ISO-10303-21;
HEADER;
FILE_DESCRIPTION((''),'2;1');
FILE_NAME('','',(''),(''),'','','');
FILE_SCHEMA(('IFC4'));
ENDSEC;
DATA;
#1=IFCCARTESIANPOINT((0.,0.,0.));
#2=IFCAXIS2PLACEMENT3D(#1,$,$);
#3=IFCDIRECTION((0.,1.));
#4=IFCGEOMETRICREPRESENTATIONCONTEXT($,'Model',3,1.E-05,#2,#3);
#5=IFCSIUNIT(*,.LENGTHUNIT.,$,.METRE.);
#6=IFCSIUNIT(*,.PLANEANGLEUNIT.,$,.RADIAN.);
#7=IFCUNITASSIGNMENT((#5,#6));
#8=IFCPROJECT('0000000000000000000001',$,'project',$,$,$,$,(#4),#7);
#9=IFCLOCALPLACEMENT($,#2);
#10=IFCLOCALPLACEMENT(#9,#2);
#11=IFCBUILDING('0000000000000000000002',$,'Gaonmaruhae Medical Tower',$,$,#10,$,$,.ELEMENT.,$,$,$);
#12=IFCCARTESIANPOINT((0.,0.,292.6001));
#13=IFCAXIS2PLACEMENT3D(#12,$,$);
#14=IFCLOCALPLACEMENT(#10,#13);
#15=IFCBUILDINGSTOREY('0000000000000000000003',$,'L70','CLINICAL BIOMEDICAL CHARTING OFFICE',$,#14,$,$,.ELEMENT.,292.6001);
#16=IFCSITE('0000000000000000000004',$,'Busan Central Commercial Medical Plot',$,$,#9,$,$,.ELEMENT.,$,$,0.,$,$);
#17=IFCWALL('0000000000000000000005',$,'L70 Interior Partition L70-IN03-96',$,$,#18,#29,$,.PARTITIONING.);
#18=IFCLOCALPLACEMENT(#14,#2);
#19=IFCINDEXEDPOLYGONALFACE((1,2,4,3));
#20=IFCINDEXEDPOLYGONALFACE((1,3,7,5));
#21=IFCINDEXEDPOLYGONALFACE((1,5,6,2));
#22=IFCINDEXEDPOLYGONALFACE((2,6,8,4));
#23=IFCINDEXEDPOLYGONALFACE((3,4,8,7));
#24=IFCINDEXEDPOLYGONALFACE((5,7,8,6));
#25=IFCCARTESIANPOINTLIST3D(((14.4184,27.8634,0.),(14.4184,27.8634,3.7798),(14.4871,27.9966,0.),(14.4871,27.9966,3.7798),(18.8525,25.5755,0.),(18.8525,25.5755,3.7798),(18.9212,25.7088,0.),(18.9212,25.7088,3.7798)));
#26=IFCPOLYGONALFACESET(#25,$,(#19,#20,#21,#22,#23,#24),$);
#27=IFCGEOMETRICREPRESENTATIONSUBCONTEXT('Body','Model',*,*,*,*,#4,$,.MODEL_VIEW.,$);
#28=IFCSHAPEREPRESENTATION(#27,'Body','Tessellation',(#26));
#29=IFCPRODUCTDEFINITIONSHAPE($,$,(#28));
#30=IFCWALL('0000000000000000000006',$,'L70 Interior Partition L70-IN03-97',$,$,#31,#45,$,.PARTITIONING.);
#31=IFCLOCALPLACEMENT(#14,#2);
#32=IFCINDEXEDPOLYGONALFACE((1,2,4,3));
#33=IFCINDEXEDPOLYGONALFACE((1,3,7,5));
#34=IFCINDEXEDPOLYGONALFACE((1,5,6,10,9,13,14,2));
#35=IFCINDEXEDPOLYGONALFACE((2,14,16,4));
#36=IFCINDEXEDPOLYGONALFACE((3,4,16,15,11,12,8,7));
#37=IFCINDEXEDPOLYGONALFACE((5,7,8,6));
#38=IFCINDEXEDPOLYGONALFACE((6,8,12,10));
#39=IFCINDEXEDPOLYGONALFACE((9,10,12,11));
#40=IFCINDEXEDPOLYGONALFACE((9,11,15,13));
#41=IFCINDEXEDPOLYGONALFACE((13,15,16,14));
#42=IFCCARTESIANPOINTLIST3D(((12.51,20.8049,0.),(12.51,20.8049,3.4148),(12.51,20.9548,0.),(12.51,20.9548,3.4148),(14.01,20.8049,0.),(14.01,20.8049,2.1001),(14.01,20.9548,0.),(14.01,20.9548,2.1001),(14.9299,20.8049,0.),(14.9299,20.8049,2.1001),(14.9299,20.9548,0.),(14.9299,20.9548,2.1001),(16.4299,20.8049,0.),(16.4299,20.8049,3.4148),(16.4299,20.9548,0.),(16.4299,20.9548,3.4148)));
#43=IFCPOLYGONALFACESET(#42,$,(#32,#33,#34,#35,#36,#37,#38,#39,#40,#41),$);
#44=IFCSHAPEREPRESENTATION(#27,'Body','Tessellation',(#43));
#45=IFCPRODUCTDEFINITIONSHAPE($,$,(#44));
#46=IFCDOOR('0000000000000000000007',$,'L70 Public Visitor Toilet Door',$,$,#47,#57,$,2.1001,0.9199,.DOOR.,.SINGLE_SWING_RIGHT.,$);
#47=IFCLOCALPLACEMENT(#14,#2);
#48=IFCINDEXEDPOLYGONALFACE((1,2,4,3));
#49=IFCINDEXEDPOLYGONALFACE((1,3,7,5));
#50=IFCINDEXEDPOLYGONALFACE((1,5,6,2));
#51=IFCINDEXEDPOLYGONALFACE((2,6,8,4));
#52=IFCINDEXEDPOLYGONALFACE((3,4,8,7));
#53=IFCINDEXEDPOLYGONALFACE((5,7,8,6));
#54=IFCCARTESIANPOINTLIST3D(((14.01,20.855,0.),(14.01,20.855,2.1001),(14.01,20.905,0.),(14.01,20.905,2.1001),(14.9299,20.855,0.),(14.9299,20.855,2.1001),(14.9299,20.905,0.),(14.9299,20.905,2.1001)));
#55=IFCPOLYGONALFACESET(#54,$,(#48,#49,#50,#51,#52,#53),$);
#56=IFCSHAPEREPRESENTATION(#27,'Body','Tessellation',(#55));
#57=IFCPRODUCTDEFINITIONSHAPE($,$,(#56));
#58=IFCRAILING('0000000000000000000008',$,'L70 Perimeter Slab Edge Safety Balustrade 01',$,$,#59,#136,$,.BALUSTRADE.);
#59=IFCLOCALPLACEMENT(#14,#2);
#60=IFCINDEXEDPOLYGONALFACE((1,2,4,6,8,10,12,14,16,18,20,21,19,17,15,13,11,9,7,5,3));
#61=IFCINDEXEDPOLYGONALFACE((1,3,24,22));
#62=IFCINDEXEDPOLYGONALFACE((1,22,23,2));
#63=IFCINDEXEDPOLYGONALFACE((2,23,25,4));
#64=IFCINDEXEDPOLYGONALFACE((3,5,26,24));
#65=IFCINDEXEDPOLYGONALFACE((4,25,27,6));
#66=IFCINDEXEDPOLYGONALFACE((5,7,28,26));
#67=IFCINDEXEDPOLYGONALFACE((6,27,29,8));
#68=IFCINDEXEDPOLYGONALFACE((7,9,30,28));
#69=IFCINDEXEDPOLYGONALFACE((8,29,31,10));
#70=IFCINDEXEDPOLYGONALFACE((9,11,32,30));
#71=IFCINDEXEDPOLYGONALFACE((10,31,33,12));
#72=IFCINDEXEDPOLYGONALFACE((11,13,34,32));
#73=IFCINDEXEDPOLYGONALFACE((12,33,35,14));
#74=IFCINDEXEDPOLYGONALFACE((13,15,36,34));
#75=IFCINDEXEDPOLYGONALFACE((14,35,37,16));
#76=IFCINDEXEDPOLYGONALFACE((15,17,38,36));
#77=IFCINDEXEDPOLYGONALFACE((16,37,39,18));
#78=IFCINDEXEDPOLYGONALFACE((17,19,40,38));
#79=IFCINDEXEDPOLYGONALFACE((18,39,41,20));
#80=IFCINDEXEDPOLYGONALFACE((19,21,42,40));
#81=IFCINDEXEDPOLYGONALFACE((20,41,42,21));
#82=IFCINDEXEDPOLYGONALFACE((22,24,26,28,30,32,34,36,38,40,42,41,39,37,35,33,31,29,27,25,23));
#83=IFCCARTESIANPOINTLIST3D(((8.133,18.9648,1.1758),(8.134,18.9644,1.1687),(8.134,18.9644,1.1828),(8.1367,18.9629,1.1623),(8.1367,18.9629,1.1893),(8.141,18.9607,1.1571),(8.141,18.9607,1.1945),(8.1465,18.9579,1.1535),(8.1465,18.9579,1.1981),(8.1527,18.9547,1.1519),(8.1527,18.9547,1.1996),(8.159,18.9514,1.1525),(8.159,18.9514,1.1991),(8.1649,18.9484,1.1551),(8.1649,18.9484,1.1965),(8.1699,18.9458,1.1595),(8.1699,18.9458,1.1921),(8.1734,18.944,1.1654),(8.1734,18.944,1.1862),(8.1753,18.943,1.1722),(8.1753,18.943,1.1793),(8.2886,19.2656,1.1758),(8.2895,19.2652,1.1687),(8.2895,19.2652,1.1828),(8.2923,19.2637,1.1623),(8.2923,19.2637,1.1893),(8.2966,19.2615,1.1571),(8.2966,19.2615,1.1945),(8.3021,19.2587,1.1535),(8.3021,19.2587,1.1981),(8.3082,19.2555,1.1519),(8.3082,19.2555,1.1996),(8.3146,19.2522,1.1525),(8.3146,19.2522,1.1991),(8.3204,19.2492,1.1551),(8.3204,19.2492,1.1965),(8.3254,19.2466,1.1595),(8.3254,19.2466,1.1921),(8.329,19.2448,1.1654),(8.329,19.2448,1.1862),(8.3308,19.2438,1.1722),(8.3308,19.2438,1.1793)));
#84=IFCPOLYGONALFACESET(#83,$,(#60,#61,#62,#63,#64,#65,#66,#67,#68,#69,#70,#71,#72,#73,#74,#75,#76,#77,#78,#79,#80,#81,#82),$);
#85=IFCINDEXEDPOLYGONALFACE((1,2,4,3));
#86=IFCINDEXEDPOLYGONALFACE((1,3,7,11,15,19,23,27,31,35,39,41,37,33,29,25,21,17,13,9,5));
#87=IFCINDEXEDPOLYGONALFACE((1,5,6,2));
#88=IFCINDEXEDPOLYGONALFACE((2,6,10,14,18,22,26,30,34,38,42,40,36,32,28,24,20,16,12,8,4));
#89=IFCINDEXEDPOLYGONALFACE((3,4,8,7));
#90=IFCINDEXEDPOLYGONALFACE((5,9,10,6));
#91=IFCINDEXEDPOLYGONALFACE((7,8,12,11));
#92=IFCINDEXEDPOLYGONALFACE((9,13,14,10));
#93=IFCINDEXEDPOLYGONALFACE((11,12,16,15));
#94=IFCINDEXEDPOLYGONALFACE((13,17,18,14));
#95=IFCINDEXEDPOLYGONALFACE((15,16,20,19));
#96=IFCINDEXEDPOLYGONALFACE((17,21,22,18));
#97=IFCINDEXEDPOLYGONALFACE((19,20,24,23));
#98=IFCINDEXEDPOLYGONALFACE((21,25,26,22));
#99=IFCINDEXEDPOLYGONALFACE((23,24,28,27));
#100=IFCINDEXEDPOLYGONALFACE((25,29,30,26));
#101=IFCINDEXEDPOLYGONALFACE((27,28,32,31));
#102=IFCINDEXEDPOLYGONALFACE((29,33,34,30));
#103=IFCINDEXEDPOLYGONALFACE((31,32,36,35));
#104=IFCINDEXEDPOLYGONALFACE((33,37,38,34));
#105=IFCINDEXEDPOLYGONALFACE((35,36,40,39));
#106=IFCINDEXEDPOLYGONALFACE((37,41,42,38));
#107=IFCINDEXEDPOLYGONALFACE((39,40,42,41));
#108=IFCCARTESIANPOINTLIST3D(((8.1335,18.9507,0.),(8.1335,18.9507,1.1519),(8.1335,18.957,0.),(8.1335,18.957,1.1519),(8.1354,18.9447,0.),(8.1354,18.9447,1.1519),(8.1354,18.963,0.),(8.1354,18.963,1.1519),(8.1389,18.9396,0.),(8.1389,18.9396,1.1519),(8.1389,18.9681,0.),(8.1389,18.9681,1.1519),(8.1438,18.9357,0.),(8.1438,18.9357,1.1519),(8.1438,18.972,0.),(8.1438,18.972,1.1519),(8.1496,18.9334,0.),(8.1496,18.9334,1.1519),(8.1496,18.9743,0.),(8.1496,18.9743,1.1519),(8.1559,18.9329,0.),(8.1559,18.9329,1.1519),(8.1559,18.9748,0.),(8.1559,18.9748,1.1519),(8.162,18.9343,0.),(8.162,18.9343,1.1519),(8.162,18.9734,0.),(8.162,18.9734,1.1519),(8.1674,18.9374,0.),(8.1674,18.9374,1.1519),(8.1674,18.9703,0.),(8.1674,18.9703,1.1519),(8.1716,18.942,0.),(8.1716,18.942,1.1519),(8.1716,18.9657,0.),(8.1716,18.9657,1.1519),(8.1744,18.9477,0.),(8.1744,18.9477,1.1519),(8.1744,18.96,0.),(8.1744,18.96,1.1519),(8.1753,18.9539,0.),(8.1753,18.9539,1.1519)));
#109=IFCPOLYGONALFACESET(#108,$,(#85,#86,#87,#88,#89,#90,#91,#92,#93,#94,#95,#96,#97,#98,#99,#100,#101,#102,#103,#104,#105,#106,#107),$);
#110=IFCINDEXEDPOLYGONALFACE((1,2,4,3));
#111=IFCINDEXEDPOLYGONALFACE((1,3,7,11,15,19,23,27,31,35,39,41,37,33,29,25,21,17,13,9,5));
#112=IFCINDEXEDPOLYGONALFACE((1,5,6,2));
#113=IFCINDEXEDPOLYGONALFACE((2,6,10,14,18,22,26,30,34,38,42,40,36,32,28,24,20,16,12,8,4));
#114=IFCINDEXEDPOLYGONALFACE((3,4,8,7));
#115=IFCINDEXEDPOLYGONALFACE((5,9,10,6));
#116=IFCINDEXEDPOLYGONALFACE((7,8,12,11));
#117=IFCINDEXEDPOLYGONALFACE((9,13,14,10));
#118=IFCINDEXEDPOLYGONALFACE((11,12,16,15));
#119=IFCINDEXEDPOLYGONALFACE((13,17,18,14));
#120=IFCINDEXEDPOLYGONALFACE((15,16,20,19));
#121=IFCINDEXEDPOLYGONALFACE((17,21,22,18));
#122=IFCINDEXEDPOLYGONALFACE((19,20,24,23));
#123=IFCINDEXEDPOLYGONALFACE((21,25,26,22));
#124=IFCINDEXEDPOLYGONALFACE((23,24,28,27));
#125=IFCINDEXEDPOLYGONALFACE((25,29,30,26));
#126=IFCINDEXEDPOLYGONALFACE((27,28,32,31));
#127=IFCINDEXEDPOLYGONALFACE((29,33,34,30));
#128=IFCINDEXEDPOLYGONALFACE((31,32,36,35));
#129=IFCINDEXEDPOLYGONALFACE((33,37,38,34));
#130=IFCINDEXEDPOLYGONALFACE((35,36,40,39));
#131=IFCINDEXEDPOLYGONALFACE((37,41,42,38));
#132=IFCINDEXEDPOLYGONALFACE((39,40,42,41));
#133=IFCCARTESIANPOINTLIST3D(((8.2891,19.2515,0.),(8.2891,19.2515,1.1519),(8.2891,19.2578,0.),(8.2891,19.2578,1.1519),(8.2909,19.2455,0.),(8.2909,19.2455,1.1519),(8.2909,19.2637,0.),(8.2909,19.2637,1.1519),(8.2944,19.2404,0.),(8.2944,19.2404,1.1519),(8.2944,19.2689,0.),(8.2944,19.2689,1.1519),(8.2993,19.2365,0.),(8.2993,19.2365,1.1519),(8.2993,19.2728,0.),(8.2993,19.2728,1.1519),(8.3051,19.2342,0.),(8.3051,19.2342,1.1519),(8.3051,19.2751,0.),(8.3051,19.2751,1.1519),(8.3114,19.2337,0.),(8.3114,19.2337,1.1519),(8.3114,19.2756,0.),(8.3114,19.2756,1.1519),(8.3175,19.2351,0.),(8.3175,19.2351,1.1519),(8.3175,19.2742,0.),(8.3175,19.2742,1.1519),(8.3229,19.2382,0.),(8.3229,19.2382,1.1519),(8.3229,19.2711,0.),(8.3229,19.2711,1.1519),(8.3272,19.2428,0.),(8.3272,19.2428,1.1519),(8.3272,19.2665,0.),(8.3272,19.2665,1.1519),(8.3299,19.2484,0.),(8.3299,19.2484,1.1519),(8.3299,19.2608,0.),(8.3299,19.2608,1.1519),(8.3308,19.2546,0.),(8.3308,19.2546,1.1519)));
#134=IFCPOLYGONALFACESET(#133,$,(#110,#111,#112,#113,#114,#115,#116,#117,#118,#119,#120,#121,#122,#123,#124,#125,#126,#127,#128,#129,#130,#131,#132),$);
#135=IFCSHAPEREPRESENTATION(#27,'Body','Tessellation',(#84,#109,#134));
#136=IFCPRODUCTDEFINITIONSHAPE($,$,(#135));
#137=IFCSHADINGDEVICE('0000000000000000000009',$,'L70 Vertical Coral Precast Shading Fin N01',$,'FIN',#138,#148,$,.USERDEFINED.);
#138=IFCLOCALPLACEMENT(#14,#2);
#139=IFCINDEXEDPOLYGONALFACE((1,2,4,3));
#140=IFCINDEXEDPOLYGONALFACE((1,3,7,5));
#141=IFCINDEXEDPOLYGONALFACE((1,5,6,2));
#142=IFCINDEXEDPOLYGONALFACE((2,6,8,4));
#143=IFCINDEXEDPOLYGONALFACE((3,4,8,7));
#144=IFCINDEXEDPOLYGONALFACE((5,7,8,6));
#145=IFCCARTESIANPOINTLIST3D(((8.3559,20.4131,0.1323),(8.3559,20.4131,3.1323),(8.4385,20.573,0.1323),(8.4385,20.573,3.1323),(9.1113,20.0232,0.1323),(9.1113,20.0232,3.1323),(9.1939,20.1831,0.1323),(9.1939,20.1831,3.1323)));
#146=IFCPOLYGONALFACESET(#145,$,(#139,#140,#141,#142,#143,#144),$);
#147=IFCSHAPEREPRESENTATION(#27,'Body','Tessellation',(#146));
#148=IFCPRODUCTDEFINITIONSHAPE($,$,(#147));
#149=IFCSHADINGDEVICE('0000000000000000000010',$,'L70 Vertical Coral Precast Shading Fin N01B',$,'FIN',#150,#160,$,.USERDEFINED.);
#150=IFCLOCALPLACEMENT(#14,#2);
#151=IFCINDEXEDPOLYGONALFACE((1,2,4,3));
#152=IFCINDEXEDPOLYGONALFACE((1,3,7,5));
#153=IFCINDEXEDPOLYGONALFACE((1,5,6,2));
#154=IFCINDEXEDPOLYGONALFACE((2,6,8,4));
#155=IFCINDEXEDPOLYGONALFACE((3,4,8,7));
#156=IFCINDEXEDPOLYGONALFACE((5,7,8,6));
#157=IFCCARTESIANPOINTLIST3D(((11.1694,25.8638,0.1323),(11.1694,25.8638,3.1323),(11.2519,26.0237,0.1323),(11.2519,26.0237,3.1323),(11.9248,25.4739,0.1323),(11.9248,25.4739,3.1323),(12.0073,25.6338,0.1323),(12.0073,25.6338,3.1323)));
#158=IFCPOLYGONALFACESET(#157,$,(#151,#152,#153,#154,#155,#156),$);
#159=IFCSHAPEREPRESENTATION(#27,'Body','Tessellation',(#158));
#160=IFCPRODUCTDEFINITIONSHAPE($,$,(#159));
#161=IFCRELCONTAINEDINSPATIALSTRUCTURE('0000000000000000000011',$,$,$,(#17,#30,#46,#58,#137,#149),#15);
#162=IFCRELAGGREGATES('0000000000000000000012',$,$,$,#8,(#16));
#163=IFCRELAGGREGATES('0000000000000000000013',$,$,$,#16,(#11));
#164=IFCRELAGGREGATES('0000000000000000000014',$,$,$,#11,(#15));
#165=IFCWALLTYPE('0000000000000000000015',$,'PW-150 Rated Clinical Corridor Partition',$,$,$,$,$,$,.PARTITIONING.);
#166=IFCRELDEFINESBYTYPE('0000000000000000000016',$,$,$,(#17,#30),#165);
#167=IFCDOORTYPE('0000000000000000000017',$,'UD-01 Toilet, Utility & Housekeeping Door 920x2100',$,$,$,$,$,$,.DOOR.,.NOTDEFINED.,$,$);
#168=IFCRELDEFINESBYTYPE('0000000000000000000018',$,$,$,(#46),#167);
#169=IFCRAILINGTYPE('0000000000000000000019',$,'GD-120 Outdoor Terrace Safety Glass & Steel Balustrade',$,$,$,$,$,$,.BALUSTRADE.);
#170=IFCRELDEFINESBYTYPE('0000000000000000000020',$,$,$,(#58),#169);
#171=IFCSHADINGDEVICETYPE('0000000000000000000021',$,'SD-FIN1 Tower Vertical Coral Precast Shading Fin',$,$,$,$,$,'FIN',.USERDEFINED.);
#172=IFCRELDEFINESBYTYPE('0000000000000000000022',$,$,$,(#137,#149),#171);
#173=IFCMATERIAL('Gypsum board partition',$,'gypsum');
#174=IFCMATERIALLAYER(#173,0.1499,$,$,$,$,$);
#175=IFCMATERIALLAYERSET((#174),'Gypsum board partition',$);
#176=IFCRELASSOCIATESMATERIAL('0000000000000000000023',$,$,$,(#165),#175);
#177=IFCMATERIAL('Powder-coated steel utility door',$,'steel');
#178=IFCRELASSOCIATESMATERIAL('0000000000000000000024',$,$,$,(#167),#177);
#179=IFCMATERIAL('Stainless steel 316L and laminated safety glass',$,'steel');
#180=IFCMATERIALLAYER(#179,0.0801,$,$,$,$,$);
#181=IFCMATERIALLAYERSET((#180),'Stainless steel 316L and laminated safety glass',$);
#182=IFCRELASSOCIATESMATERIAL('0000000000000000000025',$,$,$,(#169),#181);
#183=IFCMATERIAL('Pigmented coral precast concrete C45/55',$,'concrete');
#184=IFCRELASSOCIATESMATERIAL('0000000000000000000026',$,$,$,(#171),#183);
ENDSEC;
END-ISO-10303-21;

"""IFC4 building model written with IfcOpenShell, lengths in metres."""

from ifc_helpers import new_model, si_unit, direction, frame, frame_2d, origin, origin_2d, place, context, subcontext, project, spatial, rectangle, circle, extrude, material, layer, layer_set, type_object, element, fill, save


model = new_model("IFC4")

# Units and contexts
model_context = context("Model", 3, precision=1e-05, world=origin(), true_north=direction((0.0, 1.0)))
body_context = subcontext(model_context, "Body", "Model", "MODEL_VIEW")
ifc_project = project(units=[si_unit("LENGTHUNIT", "METRE"), si_unit("PLANEANGLEUNIT", "RADIAN")], contexts=[model_context])

# Site, building, storey
site_placement = place(None, origin())
site = spatial("IfcSite", under=ifc_project, at=site_placement, Name="Busan Central Commercial Medical Plot", CompositionType="ELEMENT", RefElevation=0.0)
building_placement = place(site_placement, origin())
building = spatial("IfcBuilding", under=site, at=building_placement, Name="Gaonmaruhae Medical Tower", CompositionType="ELEMENT")
storey_placement = place(building_placement, frame((0.0, 0.0, 292.6001)))
storey = spatial("IfcBuildingStorey", under=building, at=storey_placement, Name="L70", Description="CLINICAL BIOMEDICAL CHARTING OFFICE", CompositionType="ELEMENT", Elevation=292.6001)

# Wall
ifc_material_1 = material(Name="Gypsum board partition", Category="gypsum")
ifc_layer_1 = layer(ifc_material_1, 0.1499)
ifc_layer_set_1 = layer_set([ifc_layer_1], Name="Gypsum board partition")
wall_type_1 = type_object("IfcWallType", Name="PW-150 Rated Clinical Corridor Partition", PredefinedType="PARTITIONING", material=ifc_layer_set_1)
wall_1_placement = place(storey_placement, frame((14.4529, 27.9299, 0.0), z_axis=(0.0, 0.0, 1.0), x_axis=(0.888679, -0.458529, 0.0)))
element("IfcWall", 1, at=wall_1_placement, inside=storey, type_object=wall_type_1, Name="L70 Interior Partition L70-IN03-96", PredefinedType="PARTITIONING", context=body_context, shape_type="SweptSolid", body=[
    extrude(rectangle(XDim=4.9895, YDim=0.1499, at=frame_2d((2.4946, 0.0))), origin(), (0.0, 0.0, 1.0), 3.7798),
])

# Wall, opening, door
wall_2_placement = place(storey_placement, frame((16.4299, 20.8799, 0.0), z_axis=(0.0, 0.0, 1.0), x_axis=(-1.0, 0.0, 0.0)))
wall_2 = element("IfcWall", 2, at=wall_2_placement, inside=storey, type_object=wall_type_1, Name="L70 Interior Partition L70-IN03-97", PredefinedType="PARTITIONING", context=body_context, shape_type="SweptSolid", body=[
    extrude(rectangle(XDim=3.9199, YDim=0.1499, at=frame_2d((1.96, 0.0))), origin(), (0.0, 0.0, 1.0), 3.4148),
])
opening_1_placement = place(wall_2_placement, frame((1.5, 0.0, 0.0)))
opening_1 = element("IfcOpeningElement", 3, at=opening_1_placement, cuts=wall_2, PredefinedType="OPENING", context=body_context, shape_type="SweptSolid", body=[
    extrude(rectangle(XDim=0.9199, YDim=2.1001, at=frame_2d((0.46, 1.05))), frame((0.0, 0.085, 0.0), z_axis=(0.0, -1.0, 0.0), x_axis=(1.0, 0.0, 0.0)), (0.0, 0.0, 1.0), 0.1699),
])
ifc_material_2 = material(Name="Powder-coated steel utility door", Category="steel")
door_type = type_object("IfcDoorType", Name="UD-01 Toilet, Utility & Housekeeping Door 920x2100", OperationType="NOTDEFINED", PredefinedType="DOOR", material=ifc_material_2)
door_placement = place(opening_1_placement, origin())
door = element("IfcDoor", 4, at=door_placement, inside=storey, type_object=door_type, Name="L70 Public Visitor Toilet Door", OperationType="SINGLE_SWING_RIGHT", OverallHeight=2.1001, OverallWidth=0.9199, PredefinedType="DOOR", context=body_context, shape_type="SweptSolid", body=[
    extrude(rectangle(XDim=0.9199, YDim=2.1001, at=frame_2d((0.46, 1.05))), frame((0.0, 0.0249, 0.0), z_axis=(0.0, -1.0, 0.0), x_axis=(1.0, 0.0, 0.0)), (0.0, 0.0, 1.0), 0.05),
])
fill(opening_1, door)

# Railing
ifc_material_3 = material(Name="Stainless steel 316L and laminated safety glass", Category="steel")
ifc_layer_2 = layer(ifc_material_3, 0.0801)
ifc_layer_set_2 = layer_set([ifc_layer_2], Name="Stainless steel 316L and laminated safety glass")
railing_type = type_object("IfcRailingType", Name="GD-120 Outdoor Terrace Safety Glass & Steel Balustrade", PredefinedType="BALUSTRADE", material=ifc_layer_set_2)
railing_placement = place(storey_placement, frame((8.1543, 18.9539, 0.0)))
element("IfcRailing", 5, at=railing_placement, inside=storey, type_object=railing_type, Name="L70 Perimeter Slab Edge Safety Balustrade 01", PredefinedType="BALUSTRADE", context=body_context, shape_type="SweptSolid", body=[
    extrude(circle(Radius=0.0239, at=origin_2d()), frame((0.0, 0.0, 1.1758), z_axis=(0.459286, 0.888289, 0.0), x_axis=(-0.888289, 0.459286, 0.0)), (0.0, 0.0, 1.0), 0.3386),
    extrude(circle(Radius=0.021, at=origin_2d()), origin(), (0.0, 0.0, 1.0), 1.1519),
    extrude(circle(Radius=0.021, at=origin_2d()), frame((0.1555, 0.3008, 0.0)), (0.0, 0.0, 1.0), 1.1519),
])

# Shading devices
ifc_material_4 = material(Name="Pigmented coral precast concrete C45/55", Category="concrete")
shading_device_type = type_object("IfcShadingDeviceType", Name="SD-FIN1 Tower Vertical Coral Precast Shading Fin", ElementType="FIN", PredefinedType="USERDEFINED", material=ifc_material_4)
for number, where, z_axis, x_axis, name in (
    (6, (8.7749, 20.2981, 0.1323), (0.0, 0.0, 1.0), (0.45865, 0.888617, 0.0), "L70 Vertical Coral Precast Shading Fin N01"),
    (7, (11.5884, 25.7488, 0.1323), (0.0, 0.0, 1.0), (0.45865, 0.888617, 0.0), "L70 Vertical Coral Precast Shading Fin N01B"),
):
    element("IfcShadingDevice", number, at=place(storey_placement, frame(where, z_axis=z_axis, x_axis=x_axis)), inside=storey, type_object=shading_device_type, Name=name, ObjectType="FIN", PredefinedType="USERDEFINED", context=body_context, shape_type="SweptSolid", body=[
        extrude(rectangle(XDim=0.1799, YDim=0.8501, at=origin_2d()), origin(), (0.0, 0.0, 1.0), 3.0),
    ])

save(model, "model.ifc")
